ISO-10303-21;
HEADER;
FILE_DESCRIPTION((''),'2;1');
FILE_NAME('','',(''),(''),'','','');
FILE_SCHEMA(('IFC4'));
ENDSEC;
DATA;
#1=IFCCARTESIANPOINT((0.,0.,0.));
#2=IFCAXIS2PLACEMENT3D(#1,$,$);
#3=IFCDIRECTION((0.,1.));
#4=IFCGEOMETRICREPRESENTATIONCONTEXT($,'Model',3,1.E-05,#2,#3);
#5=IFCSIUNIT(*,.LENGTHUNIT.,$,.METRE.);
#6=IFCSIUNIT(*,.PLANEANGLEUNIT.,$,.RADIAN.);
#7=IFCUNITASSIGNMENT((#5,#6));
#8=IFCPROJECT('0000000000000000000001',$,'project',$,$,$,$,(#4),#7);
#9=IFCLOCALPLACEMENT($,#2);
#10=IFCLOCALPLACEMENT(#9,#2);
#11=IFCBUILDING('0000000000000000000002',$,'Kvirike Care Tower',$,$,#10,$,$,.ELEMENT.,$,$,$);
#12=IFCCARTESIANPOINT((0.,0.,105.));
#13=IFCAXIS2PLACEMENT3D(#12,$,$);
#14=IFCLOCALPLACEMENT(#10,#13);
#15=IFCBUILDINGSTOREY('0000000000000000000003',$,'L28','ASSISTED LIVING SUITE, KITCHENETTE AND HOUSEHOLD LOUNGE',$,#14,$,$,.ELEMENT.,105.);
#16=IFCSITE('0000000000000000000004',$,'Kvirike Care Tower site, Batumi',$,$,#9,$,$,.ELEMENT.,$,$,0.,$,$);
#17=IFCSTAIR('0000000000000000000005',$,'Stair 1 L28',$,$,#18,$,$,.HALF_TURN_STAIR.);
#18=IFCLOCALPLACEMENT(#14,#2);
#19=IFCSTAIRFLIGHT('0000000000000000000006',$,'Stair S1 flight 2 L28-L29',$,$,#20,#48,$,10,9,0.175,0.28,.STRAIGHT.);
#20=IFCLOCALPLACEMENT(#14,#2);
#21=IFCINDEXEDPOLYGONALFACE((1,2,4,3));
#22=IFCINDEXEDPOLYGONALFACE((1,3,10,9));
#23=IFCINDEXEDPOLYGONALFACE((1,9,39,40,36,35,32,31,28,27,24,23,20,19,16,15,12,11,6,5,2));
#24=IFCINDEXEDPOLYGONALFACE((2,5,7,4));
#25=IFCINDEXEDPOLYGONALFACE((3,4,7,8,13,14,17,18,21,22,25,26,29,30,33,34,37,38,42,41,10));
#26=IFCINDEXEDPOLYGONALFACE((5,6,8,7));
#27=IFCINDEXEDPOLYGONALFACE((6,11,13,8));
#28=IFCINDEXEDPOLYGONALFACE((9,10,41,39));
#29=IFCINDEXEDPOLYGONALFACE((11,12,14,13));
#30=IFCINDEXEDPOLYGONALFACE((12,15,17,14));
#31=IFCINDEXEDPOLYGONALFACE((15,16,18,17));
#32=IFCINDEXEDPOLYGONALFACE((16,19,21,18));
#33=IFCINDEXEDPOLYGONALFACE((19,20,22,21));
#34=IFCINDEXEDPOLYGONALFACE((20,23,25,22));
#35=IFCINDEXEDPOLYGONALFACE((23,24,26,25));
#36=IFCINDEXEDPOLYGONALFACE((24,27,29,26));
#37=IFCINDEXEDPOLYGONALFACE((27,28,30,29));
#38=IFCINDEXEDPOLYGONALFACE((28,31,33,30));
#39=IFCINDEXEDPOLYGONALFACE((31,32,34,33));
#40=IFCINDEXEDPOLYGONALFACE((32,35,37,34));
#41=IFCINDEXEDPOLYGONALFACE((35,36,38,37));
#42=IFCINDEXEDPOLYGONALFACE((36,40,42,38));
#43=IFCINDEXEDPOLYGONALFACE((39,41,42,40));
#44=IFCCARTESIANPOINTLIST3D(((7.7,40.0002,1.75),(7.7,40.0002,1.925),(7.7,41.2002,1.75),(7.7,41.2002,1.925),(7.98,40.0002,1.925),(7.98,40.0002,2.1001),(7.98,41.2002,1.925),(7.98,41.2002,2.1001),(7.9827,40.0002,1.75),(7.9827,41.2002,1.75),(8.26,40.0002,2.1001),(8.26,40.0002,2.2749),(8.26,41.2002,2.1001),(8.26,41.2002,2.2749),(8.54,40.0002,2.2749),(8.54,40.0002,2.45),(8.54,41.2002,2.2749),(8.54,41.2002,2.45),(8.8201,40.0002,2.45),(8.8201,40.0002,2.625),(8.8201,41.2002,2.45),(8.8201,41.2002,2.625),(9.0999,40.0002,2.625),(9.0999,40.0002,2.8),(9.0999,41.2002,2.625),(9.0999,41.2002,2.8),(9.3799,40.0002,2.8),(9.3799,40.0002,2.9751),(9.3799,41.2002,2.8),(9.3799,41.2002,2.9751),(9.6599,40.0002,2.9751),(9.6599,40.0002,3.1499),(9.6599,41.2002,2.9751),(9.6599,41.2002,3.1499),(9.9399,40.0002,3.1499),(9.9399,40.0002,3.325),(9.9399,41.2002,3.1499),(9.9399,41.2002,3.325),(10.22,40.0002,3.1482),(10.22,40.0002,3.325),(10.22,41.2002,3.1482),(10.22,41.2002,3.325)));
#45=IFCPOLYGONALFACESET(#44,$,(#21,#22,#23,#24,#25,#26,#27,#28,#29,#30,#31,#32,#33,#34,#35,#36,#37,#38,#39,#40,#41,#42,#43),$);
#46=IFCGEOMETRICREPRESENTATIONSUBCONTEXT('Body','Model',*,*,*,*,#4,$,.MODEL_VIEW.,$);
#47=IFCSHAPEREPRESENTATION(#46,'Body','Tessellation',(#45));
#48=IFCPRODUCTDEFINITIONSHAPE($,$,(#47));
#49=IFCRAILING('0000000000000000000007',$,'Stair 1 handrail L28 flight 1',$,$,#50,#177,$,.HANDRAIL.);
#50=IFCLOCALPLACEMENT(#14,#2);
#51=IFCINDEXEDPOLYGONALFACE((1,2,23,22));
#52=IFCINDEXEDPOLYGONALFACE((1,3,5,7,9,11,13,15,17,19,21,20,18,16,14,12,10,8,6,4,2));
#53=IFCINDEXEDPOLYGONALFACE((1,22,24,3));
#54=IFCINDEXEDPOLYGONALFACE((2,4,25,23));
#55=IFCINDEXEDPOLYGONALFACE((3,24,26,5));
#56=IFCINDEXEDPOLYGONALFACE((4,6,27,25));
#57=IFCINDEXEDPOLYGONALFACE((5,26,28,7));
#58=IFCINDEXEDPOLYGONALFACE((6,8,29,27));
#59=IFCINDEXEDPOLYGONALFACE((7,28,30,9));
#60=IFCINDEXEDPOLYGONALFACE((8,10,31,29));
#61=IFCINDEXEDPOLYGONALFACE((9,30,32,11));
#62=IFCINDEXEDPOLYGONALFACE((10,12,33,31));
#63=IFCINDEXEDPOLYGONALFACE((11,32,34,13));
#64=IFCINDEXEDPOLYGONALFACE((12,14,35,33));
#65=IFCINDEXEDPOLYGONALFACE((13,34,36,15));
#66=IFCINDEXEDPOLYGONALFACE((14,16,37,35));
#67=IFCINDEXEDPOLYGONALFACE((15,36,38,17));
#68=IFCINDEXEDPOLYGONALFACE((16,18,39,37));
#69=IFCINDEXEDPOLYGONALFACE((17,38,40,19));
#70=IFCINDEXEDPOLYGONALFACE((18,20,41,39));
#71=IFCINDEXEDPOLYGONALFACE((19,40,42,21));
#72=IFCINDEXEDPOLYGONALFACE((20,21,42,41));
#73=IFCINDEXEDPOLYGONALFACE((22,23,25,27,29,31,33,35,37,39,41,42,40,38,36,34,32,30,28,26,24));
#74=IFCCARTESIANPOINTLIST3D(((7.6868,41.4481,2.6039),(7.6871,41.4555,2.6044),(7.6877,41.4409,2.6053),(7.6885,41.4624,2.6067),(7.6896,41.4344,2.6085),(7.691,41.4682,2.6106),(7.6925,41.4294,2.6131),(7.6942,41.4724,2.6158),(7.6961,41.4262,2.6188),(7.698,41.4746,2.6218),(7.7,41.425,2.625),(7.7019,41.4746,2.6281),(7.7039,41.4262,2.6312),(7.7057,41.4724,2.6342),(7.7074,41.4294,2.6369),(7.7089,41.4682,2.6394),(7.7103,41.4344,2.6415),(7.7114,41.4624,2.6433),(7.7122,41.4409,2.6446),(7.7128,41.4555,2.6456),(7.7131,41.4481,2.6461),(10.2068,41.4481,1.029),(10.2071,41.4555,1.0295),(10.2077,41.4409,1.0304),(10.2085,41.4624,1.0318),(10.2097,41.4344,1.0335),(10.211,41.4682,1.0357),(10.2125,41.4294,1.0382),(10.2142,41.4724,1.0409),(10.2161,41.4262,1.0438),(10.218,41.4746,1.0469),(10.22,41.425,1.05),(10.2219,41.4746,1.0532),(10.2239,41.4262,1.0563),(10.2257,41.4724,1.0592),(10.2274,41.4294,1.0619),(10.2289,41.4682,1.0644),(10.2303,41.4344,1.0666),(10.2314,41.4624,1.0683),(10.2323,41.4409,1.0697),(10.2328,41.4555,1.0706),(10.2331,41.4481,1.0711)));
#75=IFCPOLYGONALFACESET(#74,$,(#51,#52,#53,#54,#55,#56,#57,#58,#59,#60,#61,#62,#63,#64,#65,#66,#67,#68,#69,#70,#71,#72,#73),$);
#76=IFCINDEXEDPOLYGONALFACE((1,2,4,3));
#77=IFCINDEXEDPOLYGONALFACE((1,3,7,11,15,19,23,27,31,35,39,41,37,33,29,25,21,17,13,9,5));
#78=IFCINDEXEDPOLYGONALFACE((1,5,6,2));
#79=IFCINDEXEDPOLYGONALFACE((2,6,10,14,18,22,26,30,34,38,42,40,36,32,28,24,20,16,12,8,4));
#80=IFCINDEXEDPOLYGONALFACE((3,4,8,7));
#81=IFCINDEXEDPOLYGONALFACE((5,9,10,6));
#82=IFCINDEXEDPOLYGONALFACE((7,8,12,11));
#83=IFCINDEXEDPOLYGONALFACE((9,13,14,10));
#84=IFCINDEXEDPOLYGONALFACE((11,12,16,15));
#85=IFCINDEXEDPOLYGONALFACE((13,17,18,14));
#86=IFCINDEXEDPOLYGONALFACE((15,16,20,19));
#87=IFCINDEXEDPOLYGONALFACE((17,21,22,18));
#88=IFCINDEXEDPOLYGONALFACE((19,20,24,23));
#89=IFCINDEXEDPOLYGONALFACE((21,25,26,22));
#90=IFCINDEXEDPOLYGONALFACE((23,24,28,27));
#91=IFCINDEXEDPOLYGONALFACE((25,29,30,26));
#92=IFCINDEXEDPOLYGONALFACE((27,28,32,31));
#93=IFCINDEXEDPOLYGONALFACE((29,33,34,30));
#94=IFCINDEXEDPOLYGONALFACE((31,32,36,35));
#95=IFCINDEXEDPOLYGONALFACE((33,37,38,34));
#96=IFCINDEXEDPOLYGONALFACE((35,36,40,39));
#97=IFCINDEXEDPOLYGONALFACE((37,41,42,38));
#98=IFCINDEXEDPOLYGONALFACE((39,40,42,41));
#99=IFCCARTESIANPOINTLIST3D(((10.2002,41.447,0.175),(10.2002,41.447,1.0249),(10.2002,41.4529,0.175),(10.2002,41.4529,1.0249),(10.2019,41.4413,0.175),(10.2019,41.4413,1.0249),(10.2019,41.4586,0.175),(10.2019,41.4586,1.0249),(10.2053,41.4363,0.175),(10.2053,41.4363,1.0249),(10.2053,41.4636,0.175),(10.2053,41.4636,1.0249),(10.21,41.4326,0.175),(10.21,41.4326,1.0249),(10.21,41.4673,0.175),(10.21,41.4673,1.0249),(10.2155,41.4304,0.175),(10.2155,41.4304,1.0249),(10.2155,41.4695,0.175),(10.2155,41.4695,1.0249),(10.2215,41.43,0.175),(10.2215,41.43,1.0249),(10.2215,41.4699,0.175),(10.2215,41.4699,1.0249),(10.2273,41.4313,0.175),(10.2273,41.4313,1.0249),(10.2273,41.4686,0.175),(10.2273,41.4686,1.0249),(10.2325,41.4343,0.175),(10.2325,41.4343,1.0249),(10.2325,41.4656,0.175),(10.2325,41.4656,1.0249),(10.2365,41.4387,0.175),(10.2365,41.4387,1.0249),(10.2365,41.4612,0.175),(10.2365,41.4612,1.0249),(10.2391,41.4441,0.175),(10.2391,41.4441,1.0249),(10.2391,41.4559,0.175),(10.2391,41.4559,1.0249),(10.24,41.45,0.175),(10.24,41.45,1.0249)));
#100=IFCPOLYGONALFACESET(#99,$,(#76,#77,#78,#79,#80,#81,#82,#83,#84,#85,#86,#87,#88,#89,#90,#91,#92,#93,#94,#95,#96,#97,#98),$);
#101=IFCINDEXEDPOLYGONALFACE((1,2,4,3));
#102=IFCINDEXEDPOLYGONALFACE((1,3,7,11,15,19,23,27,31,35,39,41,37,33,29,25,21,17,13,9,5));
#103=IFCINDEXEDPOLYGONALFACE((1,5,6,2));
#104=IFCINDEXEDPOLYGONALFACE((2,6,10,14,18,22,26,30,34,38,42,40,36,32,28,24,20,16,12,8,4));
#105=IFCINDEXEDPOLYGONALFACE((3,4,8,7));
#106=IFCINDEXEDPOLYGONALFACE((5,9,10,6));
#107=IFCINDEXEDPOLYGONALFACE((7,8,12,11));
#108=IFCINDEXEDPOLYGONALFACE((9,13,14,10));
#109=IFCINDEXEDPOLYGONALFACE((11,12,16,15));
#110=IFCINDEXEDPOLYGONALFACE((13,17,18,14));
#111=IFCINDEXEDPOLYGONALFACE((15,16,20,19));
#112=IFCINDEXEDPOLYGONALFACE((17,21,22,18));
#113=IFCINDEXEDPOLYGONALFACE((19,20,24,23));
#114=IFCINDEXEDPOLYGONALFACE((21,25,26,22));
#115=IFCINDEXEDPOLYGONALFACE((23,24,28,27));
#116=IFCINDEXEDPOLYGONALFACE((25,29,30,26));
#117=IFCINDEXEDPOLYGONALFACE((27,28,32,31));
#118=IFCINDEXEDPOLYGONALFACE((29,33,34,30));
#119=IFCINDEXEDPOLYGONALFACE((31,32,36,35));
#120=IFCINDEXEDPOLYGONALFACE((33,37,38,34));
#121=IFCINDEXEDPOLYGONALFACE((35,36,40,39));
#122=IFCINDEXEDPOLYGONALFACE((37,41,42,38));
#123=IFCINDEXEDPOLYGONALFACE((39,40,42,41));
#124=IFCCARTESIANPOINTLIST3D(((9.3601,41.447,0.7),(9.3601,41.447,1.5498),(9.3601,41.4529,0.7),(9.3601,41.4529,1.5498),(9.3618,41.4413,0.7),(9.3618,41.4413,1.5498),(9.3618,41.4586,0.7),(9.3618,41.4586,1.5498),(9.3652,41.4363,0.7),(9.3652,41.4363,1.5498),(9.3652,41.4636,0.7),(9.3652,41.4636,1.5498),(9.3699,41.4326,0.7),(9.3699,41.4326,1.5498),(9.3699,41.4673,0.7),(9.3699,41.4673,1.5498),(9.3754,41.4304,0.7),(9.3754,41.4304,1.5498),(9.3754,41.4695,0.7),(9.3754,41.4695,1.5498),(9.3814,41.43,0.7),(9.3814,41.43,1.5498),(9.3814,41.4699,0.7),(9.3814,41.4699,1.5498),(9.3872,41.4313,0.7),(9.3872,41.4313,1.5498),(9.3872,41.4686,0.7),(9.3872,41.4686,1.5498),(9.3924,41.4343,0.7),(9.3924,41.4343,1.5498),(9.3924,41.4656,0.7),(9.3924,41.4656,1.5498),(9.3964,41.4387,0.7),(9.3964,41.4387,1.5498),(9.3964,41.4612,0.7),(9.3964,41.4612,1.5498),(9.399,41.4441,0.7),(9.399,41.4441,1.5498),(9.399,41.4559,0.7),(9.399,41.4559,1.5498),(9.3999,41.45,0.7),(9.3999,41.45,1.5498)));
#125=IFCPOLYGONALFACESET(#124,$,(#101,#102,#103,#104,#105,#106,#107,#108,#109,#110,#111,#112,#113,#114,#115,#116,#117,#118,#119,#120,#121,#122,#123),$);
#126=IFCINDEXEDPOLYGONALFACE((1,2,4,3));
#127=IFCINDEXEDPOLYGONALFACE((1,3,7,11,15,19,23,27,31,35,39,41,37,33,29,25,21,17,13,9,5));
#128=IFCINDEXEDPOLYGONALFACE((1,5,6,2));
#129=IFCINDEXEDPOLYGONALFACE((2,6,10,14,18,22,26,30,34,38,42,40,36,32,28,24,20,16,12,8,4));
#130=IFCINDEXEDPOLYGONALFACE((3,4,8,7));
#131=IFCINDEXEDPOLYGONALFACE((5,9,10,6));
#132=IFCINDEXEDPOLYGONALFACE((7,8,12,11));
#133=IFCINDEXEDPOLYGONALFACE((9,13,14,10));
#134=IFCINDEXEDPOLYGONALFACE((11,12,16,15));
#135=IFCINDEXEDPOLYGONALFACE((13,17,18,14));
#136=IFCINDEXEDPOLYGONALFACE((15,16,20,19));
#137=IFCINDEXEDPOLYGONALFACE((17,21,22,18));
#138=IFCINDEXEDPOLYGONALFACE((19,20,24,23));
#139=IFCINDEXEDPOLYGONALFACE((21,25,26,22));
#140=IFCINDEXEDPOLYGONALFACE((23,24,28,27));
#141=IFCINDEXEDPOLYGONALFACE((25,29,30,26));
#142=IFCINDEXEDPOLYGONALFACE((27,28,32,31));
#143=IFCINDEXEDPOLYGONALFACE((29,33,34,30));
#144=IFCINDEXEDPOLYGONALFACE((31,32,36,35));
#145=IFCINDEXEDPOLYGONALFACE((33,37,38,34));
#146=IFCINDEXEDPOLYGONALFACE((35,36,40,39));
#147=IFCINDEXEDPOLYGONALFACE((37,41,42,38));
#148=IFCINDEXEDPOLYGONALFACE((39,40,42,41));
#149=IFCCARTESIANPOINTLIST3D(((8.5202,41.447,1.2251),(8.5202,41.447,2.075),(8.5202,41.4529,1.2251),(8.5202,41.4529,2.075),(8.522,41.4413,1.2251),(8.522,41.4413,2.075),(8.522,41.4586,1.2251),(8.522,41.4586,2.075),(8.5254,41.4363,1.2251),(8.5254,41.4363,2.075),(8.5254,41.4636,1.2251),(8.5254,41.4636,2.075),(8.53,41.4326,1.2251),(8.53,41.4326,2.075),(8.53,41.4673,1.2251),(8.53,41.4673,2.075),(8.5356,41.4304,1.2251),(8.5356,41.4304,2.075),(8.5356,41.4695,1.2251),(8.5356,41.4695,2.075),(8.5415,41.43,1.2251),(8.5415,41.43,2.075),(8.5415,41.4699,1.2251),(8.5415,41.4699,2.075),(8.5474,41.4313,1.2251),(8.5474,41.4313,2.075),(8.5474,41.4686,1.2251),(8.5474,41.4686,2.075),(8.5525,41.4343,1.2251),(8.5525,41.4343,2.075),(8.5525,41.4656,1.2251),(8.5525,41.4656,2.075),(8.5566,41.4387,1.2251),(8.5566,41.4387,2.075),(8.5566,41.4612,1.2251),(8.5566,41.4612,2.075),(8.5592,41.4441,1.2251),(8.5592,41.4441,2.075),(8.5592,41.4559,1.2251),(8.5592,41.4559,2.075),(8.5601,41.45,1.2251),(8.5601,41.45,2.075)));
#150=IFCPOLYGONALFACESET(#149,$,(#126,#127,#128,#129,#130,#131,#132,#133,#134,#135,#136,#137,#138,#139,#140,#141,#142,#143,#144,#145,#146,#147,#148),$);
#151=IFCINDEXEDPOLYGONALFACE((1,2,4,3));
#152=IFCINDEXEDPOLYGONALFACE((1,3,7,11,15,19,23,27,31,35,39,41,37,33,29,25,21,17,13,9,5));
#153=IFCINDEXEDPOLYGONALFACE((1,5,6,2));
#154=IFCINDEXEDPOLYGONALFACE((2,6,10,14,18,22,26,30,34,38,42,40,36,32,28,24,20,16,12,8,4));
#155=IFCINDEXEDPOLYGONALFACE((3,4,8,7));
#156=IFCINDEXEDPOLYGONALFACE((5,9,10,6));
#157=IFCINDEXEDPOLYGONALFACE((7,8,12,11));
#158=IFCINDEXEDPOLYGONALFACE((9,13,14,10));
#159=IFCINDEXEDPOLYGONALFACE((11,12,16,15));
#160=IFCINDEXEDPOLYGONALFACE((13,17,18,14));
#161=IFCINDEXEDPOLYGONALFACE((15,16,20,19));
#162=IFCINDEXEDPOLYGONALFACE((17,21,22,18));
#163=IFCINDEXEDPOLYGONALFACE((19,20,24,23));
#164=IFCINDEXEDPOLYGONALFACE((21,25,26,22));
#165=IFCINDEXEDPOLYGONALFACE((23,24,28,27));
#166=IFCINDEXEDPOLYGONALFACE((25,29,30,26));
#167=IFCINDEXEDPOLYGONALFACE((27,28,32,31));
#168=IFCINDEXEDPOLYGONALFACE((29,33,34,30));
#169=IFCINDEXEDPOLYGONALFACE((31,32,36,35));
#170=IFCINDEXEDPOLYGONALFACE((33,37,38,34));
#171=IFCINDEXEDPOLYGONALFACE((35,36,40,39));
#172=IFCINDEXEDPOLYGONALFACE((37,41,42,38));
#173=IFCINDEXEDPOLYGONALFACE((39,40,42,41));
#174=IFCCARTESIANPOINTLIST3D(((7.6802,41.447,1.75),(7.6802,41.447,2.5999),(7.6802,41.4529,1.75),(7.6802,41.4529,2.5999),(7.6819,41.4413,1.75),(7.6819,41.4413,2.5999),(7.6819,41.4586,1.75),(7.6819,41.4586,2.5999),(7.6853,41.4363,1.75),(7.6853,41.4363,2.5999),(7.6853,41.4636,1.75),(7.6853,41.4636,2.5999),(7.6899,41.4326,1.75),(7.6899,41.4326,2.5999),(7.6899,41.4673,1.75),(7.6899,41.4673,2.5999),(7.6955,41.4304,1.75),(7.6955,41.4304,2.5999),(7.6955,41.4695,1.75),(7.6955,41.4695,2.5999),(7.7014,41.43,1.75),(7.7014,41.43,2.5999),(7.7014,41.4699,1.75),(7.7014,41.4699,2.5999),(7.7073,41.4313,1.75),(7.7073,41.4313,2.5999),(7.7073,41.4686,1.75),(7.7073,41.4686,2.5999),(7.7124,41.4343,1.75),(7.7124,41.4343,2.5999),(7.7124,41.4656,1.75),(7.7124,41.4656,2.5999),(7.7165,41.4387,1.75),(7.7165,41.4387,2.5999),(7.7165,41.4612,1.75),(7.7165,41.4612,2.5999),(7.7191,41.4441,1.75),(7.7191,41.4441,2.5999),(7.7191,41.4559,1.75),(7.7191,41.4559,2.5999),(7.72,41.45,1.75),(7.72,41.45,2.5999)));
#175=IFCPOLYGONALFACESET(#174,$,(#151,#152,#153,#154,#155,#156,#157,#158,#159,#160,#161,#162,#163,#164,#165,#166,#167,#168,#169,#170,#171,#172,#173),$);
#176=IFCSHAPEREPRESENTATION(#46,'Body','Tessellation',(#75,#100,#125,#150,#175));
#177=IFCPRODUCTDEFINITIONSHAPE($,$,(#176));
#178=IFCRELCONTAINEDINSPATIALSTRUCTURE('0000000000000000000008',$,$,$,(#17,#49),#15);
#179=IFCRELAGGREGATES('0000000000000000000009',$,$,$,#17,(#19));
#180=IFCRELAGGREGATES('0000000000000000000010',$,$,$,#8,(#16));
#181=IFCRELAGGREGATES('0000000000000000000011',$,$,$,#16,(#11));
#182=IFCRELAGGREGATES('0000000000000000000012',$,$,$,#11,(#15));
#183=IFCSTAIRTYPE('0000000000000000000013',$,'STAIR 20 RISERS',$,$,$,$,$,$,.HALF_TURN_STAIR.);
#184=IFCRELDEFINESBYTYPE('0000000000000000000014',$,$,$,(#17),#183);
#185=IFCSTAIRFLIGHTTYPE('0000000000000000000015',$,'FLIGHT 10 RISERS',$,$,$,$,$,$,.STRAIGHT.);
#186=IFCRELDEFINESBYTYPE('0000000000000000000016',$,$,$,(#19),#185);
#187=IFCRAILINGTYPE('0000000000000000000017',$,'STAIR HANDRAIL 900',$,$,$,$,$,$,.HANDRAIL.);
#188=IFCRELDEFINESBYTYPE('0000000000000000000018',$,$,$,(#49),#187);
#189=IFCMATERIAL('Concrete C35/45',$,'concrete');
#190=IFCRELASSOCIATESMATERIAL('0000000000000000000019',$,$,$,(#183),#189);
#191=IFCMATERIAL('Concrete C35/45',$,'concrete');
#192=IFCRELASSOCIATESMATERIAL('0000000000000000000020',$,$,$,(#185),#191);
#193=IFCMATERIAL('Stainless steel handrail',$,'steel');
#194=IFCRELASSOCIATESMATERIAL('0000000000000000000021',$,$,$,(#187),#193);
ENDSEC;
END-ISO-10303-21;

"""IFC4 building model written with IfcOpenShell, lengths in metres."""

from ifc_helpers import new_model, si_unit, direction, frame, origin, origin_2d, place, context, subcontext, project, spatial, polyline, circle, outline, extrude, material, type_object, element, aggregate, save


model = new_model("IFC4")

# Units and contexts
model_context = context("Model", 3, precision=1e-05, world=origin(), true_north=direction((0.0, 1.0)))
body_context = subcontext(model_context, "Body", "Model", "MODEL_VIEW")
ifc_project = project(units=[si_unit("LENGTHUNIT", "METRE"), si_unit("PLANEANGLEUNIT", "RADIAN")], contexts=[model_context])

# Site, building, storey
site_placement = place(None, origin())
site = spatial("IfcSite", under=ifc_project, at=site_placement, Name="Kvirike Care Tower site, Batumi", CompositionType="ELEMENT", RefElevation=0.0)
building_placement = place(site_placement, origin())
building = spatial("IfcBuilding", under=site, at=building_placement, Name="Kvirike Care Tower", CompositionType="ELEMENT")
storey_placement = place(building_placement, frame((0.0, 0.0, 105.0)))
storey = spatial("IfcBuildingStorey", under=building, at=storey_placement, Name="L28", Description="ASSISTED LIVING SUITE, KITCHENETTE AND HOUSEHOLD LOUNGE", CompositionType="ELEMENT", Elevation=105.0)

# Stair, stair flight
ifc_material_1 = material(Name="Concrete C35/45", Category="concrete")
stair_type = type_object("IfcStairType", Name="STAIR 20 RISERS", PredefinedType="HALF_TURN_STAIR", material=ifc_material_1)
stair_placement = place(storey_placement, origin())
stair = element("IfcStair", 1, at=stair_placement, inside=storey, type_object=stair_type, Name="Stair 1 L28", PredefinedType="HALF_TURN_STAIR")
ifc_material_2 = material(Name="Concrete C35/45", Category="concrete")
stair_flight_type = type_object("IfcStairFlightType", Name="FLIGHT 10 RISERS", PredefinedType="STRAIGHT", material=ifc_material_2)
stair_flight_1_placement = place(storey_placement, frame((7.7, 40.6001, 1.75), z_axis=(0.0, 0.0, 1.0), x_axis=(1.0, 0.0, 0.0)))
stair_flight_1 = element("IfcStairFlight", 2, at=stair_flight_1_placement, type_object=stair_flight_type, Name="Stair S1 flight 2 L28-L29", NumberOfRisers=10, NumberOfTreads=9, PredefinedType="STRAIGHT", RiserHeight=0.175, TreadLength=0.28, context=body_context, shape_type="SweptSolid", body=[
    extrude(outline(polyline([(0.0, 0.0), (0.0, 0.175), (0.28, 0.175), (0.28, 0.3501), (0.5601, 0.3501), (0.5601, 0.5249), (0.8401, 0.5249), (0.8401, 0.7), (1.1201, 0.7), (1.1201, 0.875), (1.3999, 0.875), (1.3999, 1.05), (1.6799, 1.05), (1.6799, 1.2251), (1.96, 1.2251), (1.96, 1.3999), (2.24, 1.3999), (2.24, 1.575), (2.52, 1.575), (2.52, 1.75), (2.52, 1.3982), (0.2827, 0.0), (0.0, 0.0)])), frame((0.0, 0.6001, 0.0), z_axis=(0.0, -1.0, 0.0), x_axis=(1.0, 0.0, 0.0)), (0.0, 0.0, 1.0), 1.2),
])
aggregate(stair, [stair_flight_1])

# Railing
ifc_material_3 = material(Name="Stainless steel handrail", Category="steel")
railing_type = type_object("IfcRailingType", Name="STAIR HANDRAIL 900", PredefinedType="HANDRAIL", material=ifc_material_3)
railing_1_placement = place(storey_placement, frame((10.22, 41.45, 0.175)))
element("IfcRailing", 3, at=railing_1_placement, inside=storey, type_object=railing_type, Name="Stair 1 handrail L28 flight 1", PredefinedType="HANDRAIL", context=body_context, shape_type="SweptSolid", body=[
    extrude(circle(Radius=0.0249, at=origin_2d()), frame((0.0, 0.0, 0.875), z_axis=(-0.848008, 0.0, 0.529984), x_axis=(0.0, -1.0, 0.0)), (0.0, 0.0, 1.0), 2.9717),
    extrude(circle(Radius=0.02, at=origin_2d()), origin(), (0.0, 0.0, 1.0), 0.8499),
    extrude(circle(Radius=0.02, at=origin_2d()), frame((-0.8401, 0.0, 0.5249)), (0.0, 0.0, 1.0), 0.8499),
    extrude(circle(Radius=0.02, at=origin_2d()), frame((-1.6799, 0.0, 1.05)), (0.0, 0.0, 1.0), 0.8499),
    extrude(circle(Radius=0.02, at=origin_2d()), frame((-2.52, 0.0, 1.575)), (0.0, 0.0, 1.0), 0.8499),
])

save(model, "model.ifc")
